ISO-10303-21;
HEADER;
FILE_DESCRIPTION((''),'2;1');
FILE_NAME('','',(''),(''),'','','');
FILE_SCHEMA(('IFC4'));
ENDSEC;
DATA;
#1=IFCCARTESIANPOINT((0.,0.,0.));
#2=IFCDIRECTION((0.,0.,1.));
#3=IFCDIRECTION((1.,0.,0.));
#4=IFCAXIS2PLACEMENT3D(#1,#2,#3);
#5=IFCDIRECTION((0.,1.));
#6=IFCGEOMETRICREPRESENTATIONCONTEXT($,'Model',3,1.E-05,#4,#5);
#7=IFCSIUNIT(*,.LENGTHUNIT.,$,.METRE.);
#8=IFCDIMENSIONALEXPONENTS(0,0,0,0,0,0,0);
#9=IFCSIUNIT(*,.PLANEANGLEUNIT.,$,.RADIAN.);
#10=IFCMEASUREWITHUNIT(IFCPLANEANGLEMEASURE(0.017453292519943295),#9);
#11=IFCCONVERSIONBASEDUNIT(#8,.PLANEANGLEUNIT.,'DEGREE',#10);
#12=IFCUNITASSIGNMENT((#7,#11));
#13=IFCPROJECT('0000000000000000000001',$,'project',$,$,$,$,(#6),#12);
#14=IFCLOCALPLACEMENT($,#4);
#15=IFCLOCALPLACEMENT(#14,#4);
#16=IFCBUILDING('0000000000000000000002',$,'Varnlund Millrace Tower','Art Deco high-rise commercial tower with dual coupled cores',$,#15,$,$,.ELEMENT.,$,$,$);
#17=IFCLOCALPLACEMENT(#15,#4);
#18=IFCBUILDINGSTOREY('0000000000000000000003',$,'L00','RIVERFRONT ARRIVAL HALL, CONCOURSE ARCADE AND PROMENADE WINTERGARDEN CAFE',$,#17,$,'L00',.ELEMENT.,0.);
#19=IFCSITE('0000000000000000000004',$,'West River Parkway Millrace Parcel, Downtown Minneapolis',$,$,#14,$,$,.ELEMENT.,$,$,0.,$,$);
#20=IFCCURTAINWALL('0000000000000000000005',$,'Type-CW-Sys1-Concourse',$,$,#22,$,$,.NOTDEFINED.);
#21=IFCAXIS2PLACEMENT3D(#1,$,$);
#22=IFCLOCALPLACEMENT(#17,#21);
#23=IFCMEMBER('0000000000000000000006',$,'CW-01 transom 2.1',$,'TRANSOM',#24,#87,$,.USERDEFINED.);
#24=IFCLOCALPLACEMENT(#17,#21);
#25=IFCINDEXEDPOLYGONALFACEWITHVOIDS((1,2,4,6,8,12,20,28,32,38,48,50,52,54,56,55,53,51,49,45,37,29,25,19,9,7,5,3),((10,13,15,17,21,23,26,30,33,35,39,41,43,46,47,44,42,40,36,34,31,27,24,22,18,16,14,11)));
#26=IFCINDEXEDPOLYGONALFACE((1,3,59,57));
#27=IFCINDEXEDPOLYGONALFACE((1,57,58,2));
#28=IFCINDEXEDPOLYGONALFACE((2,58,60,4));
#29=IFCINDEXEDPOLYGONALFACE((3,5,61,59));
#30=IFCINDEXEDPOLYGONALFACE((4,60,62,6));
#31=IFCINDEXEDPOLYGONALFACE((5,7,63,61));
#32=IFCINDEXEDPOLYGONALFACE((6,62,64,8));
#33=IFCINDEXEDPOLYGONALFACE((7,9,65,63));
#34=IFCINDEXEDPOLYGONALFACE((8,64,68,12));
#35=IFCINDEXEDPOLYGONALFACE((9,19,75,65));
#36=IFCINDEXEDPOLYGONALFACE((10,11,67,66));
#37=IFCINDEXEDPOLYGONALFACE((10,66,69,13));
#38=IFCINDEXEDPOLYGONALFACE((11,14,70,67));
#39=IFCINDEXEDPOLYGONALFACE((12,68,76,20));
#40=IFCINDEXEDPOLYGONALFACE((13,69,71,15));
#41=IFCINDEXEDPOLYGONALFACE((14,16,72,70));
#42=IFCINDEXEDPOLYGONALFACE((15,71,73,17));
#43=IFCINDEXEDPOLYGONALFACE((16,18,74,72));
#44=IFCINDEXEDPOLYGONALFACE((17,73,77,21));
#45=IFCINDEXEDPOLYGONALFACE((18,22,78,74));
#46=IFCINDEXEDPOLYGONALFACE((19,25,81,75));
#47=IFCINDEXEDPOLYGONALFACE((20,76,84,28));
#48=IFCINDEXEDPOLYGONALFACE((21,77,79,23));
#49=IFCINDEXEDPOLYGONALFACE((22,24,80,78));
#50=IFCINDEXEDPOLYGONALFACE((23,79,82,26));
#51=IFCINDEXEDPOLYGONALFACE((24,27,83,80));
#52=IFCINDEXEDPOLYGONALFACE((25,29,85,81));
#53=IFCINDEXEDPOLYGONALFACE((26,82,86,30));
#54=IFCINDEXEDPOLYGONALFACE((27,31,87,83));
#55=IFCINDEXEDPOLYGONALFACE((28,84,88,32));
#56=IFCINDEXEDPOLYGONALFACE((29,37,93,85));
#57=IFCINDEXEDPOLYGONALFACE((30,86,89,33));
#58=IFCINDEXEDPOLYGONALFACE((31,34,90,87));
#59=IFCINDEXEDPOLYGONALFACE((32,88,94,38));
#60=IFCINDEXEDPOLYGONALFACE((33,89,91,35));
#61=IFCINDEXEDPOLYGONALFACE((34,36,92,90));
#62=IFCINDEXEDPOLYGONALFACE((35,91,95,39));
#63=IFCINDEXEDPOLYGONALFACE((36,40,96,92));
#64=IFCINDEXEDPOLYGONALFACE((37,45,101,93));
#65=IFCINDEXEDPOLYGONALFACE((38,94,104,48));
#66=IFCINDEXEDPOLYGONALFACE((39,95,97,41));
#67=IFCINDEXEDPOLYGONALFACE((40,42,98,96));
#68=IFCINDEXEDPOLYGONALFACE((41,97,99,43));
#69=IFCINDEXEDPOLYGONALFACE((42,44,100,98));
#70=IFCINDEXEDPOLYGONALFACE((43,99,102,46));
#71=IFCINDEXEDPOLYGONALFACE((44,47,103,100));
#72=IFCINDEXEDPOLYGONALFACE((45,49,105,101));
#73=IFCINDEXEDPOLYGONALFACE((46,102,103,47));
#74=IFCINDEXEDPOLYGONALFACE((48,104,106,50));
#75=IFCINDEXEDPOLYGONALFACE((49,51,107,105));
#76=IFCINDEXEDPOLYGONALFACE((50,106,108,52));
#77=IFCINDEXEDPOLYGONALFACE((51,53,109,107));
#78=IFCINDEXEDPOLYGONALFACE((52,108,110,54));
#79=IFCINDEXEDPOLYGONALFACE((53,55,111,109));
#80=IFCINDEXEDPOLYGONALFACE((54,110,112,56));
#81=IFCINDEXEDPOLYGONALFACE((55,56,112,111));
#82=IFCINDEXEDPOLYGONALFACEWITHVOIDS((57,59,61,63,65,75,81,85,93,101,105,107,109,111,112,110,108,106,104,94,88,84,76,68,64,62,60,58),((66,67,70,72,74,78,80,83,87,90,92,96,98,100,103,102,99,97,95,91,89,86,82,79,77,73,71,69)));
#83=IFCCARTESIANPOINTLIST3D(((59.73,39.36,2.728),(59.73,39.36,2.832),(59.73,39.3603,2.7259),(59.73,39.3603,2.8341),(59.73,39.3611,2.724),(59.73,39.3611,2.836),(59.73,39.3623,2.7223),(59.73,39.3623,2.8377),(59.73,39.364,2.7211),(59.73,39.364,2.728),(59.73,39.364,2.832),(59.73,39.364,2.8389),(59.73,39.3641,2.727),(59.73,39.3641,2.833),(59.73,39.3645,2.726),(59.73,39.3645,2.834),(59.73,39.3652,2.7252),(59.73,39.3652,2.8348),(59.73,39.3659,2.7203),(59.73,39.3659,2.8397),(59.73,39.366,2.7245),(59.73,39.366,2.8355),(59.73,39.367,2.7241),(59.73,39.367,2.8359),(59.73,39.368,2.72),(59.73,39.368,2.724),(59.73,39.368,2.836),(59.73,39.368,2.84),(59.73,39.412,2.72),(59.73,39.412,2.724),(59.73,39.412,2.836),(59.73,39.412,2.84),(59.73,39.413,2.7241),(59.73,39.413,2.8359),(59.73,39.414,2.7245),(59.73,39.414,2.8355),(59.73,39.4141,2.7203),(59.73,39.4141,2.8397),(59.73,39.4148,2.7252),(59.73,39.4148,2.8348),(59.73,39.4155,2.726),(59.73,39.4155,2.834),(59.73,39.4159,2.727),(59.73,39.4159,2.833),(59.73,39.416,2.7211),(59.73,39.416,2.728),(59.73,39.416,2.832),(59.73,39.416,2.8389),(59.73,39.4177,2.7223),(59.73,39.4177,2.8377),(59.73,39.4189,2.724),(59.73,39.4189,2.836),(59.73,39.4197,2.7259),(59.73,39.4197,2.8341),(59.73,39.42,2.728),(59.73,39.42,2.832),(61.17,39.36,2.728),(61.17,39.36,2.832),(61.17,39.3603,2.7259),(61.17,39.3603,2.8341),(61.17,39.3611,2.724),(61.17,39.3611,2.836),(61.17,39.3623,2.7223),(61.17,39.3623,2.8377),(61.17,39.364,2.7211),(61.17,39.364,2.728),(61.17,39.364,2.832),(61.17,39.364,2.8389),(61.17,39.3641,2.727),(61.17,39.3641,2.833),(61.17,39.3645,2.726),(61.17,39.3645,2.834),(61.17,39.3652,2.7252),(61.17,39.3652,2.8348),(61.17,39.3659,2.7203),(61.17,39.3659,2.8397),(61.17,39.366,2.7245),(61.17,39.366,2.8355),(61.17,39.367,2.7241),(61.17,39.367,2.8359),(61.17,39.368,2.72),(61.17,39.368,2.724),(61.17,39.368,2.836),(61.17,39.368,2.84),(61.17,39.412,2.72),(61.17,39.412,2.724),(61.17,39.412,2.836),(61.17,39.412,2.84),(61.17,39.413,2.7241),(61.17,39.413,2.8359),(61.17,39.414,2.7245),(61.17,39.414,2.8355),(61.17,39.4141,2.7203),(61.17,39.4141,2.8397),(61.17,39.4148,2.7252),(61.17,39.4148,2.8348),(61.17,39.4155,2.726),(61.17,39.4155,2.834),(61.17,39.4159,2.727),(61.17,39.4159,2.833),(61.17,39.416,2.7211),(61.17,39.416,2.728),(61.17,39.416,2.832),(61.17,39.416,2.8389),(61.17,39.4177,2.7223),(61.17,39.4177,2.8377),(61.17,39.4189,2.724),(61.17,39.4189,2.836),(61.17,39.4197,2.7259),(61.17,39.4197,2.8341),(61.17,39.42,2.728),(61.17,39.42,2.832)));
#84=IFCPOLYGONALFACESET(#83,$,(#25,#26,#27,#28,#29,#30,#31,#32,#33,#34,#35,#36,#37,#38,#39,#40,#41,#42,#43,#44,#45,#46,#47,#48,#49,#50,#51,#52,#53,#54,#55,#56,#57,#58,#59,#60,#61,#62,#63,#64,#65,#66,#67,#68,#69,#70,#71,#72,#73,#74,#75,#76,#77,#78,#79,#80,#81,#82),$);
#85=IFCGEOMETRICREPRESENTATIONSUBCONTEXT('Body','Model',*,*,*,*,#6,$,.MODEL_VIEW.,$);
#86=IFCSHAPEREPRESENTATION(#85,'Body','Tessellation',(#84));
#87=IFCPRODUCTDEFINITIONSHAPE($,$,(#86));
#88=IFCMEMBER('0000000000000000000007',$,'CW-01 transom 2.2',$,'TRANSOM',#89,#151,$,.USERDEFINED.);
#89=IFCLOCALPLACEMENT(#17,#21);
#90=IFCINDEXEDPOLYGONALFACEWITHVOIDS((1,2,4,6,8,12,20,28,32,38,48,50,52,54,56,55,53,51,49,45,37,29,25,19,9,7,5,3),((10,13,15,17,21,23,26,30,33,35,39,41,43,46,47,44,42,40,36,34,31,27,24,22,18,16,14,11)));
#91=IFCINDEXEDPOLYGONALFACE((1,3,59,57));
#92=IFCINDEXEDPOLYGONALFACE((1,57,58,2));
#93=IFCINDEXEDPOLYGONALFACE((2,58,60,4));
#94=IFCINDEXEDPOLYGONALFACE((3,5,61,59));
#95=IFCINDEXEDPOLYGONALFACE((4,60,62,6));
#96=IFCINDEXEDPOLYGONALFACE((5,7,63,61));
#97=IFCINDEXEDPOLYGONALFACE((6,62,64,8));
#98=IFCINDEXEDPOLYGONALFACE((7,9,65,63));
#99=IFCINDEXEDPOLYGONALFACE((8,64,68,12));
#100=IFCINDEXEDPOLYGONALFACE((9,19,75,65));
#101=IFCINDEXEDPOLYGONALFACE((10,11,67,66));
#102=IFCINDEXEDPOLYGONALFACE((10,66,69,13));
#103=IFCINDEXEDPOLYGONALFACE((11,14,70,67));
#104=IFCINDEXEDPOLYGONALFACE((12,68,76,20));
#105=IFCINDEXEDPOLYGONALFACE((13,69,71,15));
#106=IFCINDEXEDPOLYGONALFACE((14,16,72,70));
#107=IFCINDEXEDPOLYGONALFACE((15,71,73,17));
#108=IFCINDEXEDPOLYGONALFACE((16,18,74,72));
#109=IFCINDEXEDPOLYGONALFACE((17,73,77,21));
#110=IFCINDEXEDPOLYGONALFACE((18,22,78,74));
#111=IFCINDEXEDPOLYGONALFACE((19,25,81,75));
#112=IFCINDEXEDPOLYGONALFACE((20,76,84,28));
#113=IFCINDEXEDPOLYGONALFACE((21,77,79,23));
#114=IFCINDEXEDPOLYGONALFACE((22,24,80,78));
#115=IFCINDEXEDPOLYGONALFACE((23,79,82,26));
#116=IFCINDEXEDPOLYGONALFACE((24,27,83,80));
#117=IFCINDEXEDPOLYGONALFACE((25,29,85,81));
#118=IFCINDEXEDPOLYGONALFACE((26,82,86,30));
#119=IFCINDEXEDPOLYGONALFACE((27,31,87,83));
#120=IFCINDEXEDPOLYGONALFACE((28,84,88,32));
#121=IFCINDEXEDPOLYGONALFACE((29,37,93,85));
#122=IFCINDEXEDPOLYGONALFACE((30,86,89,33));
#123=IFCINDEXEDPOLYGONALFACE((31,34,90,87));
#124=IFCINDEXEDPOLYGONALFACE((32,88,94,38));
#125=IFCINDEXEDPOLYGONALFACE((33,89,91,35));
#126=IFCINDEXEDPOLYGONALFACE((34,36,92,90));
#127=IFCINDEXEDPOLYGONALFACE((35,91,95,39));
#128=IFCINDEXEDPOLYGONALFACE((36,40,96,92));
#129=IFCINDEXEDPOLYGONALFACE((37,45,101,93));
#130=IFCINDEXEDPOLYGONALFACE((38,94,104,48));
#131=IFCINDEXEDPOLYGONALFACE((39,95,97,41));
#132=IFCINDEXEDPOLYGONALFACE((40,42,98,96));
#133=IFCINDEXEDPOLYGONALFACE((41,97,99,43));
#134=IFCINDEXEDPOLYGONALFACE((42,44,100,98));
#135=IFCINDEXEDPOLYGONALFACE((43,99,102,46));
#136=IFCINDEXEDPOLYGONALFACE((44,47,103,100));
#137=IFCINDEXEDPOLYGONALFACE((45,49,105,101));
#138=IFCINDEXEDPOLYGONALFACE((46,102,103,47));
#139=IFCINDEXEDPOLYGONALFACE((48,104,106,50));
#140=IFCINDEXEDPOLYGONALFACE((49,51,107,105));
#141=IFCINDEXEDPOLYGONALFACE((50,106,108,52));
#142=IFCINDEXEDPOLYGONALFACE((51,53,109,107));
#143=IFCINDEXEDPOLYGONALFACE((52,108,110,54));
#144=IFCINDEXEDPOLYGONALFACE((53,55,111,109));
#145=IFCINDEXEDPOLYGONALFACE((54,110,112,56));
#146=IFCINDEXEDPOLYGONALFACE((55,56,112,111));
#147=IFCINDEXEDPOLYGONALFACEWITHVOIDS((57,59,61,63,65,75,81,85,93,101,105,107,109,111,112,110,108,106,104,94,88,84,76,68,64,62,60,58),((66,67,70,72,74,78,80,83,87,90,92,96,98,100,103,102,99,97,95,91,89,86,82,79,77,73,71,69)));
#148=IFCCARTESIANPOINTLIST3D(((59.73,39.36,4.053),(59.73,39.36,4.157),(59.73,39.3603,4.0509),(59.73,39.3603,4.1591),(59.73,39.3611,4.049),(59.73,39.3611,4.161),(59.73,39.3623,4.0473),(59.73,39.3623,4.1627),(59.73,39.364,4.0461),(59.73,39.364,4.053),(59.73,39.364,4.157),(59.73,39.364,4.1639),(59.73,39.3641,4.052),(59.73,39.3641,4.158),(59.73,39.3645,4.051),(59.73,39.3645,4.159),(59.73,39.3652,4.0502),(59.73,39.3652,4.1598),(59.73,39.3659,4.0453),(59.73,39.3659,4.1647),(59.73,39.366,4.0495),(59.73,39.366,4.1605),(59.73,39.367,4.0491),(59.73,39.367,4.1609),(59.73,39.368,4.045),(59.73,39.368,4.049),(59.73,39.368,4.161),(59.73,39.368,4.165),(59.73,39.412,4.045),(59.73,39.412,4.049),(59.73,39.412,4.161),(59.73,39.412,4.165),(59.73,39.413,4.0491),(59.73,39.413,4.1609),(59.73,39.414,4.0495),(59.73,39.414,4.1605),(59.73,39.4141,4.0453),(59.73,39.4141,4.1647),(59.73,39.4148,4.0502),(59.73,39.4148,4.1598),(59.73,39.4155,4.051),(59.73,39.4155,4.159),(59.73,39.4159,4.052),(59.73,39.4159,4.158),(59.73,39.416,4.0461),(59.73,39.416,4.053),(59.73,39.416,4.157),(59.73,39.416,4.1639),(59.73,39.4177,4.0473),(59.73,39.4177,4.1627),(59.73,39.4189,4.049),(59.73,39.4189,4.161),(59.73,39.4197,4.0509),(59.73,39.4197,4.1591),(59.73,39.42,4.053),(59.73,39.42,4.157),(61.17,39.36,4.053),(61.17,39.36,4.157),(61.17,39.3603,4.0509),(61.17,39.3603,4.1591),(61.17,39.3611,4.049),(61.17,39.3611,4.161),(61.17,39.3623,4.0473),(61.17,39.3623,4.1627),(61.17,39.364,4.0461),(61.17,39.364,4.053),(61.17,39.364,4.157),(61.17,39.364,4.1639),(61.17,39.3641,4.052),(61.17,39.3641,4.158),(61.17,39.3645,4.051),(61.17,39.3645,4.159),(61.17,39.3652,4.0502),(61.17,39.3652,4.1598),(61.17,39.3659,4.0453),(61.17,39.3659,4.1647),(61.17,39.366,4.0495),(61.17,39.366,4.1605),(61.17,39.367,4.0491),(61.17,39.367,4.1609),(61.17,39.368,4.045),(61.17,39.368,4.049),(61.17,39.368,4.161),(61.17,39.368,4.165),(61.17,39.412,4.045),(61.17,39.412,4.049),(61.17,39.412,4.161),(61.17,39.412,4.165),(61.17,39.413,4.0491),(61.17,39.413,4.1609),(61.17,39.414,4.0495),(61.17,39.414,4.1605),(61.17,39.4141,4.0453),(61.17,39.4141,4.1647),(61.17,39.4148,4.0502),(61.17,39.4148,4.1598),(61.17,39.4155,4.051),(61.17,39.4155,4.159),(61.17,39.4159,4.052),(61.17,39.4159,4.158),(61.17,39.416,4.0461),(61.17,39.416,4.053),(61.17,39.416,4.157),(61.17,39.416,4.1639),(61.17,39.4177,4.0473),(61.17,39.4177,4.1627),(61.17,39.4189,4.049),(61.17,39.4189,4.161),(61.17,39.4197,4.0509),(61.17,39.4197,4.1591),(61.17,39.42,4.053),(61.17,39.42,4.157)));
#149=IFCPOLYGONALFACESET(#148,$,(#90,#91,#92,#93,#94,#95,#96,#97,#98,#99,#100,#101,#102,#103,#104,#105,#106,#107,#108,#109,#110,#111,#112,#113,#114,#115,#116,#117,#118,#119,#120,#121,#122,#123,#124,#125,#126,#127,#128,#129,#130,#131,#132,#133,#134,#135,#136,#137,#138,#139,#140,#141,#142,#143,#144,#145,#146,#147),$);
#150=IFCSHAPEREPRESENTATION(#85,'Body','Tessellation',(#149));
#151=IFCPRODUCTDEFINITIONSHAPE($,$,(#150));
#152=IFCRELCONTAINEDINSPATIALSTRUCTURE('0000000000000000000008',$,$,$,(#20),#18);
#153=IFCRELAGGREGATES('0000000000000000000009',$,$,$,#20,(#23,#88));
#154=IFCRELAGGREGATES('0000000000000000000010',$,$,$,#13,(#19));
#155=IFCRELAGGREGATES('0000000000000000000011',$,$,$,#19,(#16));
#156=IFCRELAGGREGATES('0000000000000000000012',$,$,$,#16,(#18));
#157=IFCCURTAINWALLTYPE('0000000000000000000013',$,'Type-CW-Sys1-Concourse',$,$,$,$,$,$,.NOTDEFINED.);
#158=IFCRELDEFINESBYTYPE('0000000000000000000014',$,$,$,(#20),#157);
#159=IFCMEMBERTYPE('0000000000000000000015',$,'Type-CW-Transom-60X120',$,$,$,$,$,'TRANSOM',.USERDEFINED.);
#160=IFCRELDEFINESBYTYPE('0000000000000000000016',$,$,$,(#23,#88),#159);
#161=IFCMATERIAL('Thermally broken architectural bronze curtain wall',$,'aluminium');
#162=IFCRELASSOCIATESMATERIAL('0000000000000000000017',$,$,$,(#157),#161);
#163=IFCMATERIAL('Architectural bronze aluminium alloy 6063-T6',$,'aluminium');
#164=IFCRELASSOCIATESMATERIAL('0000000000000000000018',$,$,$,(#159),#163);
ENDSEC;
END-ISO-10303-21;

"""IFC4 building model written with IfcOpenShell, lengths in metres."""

from ifc_helpers import new_model, entity, si_unit, converted_unit, direction, frame, origin_with_axes, origin_2d_with_axis, place, context, subcontext, project, spatial, hollow_rectangle, extrude, material, material_profile, profile_set, type_object, element, aggregate, save


model = new_model("IFC4")

# Units and contexts
model_context = context("Model", 3, precision=1e-05, world=origin_with_axes(), true_north=direction((0.0, 1.0)))
body_context = subcontext(model_context, "Body", "Model", "MODEL_VIEW")
ifc_project = project(units=[si_unit("LENGTHUNIT", "METRE"), converted_unit("PLANEANGLEUNIT", "DEGREE", entity("IfcPlaneAngleMeasure", 0.017453292519943295), si_unit("PLANEANGLEUNIT", "RADIAN"), dimensions=[0, 0, 0, 0, 0, 0, 0])], contexts=[model_context])

# Site, building, storey
site_placement = place(None, origin_with_axes())
site = spatial("IfcSite", under=ifc_project, at=site_placement, Name="West River Parkway Millrace Parcel, Downtown Minneapolis", CompositionType="ELEMENT", RefElevation=0.0)
building_placement = place(site_placement, origin_with_axes())
building = spatial("IfcBuilding", under=site, at=building_placement, Name="Varnlund Millrace Tower", Description="Art Deco high-rise commercial tower with dual coupled cores", CompositionType="ELEMENT")
storey_placement = place(building_placement, origin_with_axes())
storey = spatial("IfcBuildingStorey", under=building, at=storey_placement, Name="L00", Description="RIVERFRONT ARRIVAL HALL, CONCOURSE ARCADE AND PROMENADE WINTERGARDEN CAFE", LongName="L00", CompositionType="ELEMENT", Elevation=0.0)

# Curtain wall, members
ifc_material_1 = material(Name="Thermally broken architectural bronze curtain wall", Category="aluminium")
curtain_wall_type = type_object("IfcCurtainWallType", Name="Type-CW-Sys1-Concourse", PredefinedType="NOTDEFINED", material=ifc_material_1)
curtain_wall_1_placement = place(storey_placement, frame((58.2, 39.39, 2.75), z_axis=(0.0, 0.0, 1.0), x_axis=(1.0, 0.0, 0.0)))
curtain_wall_1 = element("IfcCurtainWall", 1, at=curtain_wall_1_placement, inside=storey, type_object=curtain_wall_type, Name="Type-CW-Sys1-Concourse", PredefinedType="NOTDEFINED")
ifc_material_2 = material(Name="Architectural bronze aluminium alloy 6063-T6", Category="aluminium")
ifc_material_profile_1 = material_profile(ifc_material_2, hollow_rectangle(XDim=0.06, YDim=0.12, WallThickness=0.004, InnerFilletRadius=0.004, OuterFilletRadius=0.008, at=origin_2d_with_axis()), Name="Architectural bronze aluminium alloy 6063-T6")
ifc_profile_set_1 = profile_set([ifc_material_profile_1], Name="Architectural bronze aluminium alloy 6063-T6")
member_type_1 = type_object("IfcMemberType", Name="Type-CW-Transom-60X120", ElementType="TRANSOM", PredefinedType="USERDEFINED", material=ifc_profile_set_1)
member_1_placement = place(storey_placement, frame((59.73, 39.39, 2.78), z_axis=(1.0, 0.0, 0.0), x_axis=(0.0, 1.0, 0.0)))
member_1 = element("IfcMember", 2, at=member_1_placement, type_object=member_type_1, Name="CW-01 transom 2.1", ObjectType="TRANSOM", PredefinedType="USERDEFINED", context=body_context, shape_type="SweptSolid", body=[
    extrude(hollow_rectangle(XDim=0.06, YDim=0.12, WallThickness=0.004, InnerFilletRadius=0.004, OuterFilletRadius=0.008, at=origin_2d_with_axis()), origin_with_axes(), (0.0, 0.0, 1.0), 1.44),
])
member_2_placement = place(storey_placement, frame((59.73, 39.39, 4.105), z_axis=(1.0, 0.0, 0.0), x_axis=(0.0, 1.0, 0.0)))
member_2 = element("IfcMember", 3, at=member_2_placement, type_object=member_type_1, Name="CW-01 transom 2.2", ObjectType="TRANSOM", PredefinedType="USERDEFINED", context=body_context, shape_type="SweptSolid", body=[
    extrude(hollow_rectangle(XDim=0.06, YDim=0.12, WallThickness=0.004, InnerFilletRadius=0.004, OuterFilletRadius=0.008, at=origin_2d_with_axis()), origin_with_axes(), (0.0, 0.0, 1.0), 1.44),
])

aggregate(curtain_wall_1, [member_1, member_2])

save(model, "model.ifc")
